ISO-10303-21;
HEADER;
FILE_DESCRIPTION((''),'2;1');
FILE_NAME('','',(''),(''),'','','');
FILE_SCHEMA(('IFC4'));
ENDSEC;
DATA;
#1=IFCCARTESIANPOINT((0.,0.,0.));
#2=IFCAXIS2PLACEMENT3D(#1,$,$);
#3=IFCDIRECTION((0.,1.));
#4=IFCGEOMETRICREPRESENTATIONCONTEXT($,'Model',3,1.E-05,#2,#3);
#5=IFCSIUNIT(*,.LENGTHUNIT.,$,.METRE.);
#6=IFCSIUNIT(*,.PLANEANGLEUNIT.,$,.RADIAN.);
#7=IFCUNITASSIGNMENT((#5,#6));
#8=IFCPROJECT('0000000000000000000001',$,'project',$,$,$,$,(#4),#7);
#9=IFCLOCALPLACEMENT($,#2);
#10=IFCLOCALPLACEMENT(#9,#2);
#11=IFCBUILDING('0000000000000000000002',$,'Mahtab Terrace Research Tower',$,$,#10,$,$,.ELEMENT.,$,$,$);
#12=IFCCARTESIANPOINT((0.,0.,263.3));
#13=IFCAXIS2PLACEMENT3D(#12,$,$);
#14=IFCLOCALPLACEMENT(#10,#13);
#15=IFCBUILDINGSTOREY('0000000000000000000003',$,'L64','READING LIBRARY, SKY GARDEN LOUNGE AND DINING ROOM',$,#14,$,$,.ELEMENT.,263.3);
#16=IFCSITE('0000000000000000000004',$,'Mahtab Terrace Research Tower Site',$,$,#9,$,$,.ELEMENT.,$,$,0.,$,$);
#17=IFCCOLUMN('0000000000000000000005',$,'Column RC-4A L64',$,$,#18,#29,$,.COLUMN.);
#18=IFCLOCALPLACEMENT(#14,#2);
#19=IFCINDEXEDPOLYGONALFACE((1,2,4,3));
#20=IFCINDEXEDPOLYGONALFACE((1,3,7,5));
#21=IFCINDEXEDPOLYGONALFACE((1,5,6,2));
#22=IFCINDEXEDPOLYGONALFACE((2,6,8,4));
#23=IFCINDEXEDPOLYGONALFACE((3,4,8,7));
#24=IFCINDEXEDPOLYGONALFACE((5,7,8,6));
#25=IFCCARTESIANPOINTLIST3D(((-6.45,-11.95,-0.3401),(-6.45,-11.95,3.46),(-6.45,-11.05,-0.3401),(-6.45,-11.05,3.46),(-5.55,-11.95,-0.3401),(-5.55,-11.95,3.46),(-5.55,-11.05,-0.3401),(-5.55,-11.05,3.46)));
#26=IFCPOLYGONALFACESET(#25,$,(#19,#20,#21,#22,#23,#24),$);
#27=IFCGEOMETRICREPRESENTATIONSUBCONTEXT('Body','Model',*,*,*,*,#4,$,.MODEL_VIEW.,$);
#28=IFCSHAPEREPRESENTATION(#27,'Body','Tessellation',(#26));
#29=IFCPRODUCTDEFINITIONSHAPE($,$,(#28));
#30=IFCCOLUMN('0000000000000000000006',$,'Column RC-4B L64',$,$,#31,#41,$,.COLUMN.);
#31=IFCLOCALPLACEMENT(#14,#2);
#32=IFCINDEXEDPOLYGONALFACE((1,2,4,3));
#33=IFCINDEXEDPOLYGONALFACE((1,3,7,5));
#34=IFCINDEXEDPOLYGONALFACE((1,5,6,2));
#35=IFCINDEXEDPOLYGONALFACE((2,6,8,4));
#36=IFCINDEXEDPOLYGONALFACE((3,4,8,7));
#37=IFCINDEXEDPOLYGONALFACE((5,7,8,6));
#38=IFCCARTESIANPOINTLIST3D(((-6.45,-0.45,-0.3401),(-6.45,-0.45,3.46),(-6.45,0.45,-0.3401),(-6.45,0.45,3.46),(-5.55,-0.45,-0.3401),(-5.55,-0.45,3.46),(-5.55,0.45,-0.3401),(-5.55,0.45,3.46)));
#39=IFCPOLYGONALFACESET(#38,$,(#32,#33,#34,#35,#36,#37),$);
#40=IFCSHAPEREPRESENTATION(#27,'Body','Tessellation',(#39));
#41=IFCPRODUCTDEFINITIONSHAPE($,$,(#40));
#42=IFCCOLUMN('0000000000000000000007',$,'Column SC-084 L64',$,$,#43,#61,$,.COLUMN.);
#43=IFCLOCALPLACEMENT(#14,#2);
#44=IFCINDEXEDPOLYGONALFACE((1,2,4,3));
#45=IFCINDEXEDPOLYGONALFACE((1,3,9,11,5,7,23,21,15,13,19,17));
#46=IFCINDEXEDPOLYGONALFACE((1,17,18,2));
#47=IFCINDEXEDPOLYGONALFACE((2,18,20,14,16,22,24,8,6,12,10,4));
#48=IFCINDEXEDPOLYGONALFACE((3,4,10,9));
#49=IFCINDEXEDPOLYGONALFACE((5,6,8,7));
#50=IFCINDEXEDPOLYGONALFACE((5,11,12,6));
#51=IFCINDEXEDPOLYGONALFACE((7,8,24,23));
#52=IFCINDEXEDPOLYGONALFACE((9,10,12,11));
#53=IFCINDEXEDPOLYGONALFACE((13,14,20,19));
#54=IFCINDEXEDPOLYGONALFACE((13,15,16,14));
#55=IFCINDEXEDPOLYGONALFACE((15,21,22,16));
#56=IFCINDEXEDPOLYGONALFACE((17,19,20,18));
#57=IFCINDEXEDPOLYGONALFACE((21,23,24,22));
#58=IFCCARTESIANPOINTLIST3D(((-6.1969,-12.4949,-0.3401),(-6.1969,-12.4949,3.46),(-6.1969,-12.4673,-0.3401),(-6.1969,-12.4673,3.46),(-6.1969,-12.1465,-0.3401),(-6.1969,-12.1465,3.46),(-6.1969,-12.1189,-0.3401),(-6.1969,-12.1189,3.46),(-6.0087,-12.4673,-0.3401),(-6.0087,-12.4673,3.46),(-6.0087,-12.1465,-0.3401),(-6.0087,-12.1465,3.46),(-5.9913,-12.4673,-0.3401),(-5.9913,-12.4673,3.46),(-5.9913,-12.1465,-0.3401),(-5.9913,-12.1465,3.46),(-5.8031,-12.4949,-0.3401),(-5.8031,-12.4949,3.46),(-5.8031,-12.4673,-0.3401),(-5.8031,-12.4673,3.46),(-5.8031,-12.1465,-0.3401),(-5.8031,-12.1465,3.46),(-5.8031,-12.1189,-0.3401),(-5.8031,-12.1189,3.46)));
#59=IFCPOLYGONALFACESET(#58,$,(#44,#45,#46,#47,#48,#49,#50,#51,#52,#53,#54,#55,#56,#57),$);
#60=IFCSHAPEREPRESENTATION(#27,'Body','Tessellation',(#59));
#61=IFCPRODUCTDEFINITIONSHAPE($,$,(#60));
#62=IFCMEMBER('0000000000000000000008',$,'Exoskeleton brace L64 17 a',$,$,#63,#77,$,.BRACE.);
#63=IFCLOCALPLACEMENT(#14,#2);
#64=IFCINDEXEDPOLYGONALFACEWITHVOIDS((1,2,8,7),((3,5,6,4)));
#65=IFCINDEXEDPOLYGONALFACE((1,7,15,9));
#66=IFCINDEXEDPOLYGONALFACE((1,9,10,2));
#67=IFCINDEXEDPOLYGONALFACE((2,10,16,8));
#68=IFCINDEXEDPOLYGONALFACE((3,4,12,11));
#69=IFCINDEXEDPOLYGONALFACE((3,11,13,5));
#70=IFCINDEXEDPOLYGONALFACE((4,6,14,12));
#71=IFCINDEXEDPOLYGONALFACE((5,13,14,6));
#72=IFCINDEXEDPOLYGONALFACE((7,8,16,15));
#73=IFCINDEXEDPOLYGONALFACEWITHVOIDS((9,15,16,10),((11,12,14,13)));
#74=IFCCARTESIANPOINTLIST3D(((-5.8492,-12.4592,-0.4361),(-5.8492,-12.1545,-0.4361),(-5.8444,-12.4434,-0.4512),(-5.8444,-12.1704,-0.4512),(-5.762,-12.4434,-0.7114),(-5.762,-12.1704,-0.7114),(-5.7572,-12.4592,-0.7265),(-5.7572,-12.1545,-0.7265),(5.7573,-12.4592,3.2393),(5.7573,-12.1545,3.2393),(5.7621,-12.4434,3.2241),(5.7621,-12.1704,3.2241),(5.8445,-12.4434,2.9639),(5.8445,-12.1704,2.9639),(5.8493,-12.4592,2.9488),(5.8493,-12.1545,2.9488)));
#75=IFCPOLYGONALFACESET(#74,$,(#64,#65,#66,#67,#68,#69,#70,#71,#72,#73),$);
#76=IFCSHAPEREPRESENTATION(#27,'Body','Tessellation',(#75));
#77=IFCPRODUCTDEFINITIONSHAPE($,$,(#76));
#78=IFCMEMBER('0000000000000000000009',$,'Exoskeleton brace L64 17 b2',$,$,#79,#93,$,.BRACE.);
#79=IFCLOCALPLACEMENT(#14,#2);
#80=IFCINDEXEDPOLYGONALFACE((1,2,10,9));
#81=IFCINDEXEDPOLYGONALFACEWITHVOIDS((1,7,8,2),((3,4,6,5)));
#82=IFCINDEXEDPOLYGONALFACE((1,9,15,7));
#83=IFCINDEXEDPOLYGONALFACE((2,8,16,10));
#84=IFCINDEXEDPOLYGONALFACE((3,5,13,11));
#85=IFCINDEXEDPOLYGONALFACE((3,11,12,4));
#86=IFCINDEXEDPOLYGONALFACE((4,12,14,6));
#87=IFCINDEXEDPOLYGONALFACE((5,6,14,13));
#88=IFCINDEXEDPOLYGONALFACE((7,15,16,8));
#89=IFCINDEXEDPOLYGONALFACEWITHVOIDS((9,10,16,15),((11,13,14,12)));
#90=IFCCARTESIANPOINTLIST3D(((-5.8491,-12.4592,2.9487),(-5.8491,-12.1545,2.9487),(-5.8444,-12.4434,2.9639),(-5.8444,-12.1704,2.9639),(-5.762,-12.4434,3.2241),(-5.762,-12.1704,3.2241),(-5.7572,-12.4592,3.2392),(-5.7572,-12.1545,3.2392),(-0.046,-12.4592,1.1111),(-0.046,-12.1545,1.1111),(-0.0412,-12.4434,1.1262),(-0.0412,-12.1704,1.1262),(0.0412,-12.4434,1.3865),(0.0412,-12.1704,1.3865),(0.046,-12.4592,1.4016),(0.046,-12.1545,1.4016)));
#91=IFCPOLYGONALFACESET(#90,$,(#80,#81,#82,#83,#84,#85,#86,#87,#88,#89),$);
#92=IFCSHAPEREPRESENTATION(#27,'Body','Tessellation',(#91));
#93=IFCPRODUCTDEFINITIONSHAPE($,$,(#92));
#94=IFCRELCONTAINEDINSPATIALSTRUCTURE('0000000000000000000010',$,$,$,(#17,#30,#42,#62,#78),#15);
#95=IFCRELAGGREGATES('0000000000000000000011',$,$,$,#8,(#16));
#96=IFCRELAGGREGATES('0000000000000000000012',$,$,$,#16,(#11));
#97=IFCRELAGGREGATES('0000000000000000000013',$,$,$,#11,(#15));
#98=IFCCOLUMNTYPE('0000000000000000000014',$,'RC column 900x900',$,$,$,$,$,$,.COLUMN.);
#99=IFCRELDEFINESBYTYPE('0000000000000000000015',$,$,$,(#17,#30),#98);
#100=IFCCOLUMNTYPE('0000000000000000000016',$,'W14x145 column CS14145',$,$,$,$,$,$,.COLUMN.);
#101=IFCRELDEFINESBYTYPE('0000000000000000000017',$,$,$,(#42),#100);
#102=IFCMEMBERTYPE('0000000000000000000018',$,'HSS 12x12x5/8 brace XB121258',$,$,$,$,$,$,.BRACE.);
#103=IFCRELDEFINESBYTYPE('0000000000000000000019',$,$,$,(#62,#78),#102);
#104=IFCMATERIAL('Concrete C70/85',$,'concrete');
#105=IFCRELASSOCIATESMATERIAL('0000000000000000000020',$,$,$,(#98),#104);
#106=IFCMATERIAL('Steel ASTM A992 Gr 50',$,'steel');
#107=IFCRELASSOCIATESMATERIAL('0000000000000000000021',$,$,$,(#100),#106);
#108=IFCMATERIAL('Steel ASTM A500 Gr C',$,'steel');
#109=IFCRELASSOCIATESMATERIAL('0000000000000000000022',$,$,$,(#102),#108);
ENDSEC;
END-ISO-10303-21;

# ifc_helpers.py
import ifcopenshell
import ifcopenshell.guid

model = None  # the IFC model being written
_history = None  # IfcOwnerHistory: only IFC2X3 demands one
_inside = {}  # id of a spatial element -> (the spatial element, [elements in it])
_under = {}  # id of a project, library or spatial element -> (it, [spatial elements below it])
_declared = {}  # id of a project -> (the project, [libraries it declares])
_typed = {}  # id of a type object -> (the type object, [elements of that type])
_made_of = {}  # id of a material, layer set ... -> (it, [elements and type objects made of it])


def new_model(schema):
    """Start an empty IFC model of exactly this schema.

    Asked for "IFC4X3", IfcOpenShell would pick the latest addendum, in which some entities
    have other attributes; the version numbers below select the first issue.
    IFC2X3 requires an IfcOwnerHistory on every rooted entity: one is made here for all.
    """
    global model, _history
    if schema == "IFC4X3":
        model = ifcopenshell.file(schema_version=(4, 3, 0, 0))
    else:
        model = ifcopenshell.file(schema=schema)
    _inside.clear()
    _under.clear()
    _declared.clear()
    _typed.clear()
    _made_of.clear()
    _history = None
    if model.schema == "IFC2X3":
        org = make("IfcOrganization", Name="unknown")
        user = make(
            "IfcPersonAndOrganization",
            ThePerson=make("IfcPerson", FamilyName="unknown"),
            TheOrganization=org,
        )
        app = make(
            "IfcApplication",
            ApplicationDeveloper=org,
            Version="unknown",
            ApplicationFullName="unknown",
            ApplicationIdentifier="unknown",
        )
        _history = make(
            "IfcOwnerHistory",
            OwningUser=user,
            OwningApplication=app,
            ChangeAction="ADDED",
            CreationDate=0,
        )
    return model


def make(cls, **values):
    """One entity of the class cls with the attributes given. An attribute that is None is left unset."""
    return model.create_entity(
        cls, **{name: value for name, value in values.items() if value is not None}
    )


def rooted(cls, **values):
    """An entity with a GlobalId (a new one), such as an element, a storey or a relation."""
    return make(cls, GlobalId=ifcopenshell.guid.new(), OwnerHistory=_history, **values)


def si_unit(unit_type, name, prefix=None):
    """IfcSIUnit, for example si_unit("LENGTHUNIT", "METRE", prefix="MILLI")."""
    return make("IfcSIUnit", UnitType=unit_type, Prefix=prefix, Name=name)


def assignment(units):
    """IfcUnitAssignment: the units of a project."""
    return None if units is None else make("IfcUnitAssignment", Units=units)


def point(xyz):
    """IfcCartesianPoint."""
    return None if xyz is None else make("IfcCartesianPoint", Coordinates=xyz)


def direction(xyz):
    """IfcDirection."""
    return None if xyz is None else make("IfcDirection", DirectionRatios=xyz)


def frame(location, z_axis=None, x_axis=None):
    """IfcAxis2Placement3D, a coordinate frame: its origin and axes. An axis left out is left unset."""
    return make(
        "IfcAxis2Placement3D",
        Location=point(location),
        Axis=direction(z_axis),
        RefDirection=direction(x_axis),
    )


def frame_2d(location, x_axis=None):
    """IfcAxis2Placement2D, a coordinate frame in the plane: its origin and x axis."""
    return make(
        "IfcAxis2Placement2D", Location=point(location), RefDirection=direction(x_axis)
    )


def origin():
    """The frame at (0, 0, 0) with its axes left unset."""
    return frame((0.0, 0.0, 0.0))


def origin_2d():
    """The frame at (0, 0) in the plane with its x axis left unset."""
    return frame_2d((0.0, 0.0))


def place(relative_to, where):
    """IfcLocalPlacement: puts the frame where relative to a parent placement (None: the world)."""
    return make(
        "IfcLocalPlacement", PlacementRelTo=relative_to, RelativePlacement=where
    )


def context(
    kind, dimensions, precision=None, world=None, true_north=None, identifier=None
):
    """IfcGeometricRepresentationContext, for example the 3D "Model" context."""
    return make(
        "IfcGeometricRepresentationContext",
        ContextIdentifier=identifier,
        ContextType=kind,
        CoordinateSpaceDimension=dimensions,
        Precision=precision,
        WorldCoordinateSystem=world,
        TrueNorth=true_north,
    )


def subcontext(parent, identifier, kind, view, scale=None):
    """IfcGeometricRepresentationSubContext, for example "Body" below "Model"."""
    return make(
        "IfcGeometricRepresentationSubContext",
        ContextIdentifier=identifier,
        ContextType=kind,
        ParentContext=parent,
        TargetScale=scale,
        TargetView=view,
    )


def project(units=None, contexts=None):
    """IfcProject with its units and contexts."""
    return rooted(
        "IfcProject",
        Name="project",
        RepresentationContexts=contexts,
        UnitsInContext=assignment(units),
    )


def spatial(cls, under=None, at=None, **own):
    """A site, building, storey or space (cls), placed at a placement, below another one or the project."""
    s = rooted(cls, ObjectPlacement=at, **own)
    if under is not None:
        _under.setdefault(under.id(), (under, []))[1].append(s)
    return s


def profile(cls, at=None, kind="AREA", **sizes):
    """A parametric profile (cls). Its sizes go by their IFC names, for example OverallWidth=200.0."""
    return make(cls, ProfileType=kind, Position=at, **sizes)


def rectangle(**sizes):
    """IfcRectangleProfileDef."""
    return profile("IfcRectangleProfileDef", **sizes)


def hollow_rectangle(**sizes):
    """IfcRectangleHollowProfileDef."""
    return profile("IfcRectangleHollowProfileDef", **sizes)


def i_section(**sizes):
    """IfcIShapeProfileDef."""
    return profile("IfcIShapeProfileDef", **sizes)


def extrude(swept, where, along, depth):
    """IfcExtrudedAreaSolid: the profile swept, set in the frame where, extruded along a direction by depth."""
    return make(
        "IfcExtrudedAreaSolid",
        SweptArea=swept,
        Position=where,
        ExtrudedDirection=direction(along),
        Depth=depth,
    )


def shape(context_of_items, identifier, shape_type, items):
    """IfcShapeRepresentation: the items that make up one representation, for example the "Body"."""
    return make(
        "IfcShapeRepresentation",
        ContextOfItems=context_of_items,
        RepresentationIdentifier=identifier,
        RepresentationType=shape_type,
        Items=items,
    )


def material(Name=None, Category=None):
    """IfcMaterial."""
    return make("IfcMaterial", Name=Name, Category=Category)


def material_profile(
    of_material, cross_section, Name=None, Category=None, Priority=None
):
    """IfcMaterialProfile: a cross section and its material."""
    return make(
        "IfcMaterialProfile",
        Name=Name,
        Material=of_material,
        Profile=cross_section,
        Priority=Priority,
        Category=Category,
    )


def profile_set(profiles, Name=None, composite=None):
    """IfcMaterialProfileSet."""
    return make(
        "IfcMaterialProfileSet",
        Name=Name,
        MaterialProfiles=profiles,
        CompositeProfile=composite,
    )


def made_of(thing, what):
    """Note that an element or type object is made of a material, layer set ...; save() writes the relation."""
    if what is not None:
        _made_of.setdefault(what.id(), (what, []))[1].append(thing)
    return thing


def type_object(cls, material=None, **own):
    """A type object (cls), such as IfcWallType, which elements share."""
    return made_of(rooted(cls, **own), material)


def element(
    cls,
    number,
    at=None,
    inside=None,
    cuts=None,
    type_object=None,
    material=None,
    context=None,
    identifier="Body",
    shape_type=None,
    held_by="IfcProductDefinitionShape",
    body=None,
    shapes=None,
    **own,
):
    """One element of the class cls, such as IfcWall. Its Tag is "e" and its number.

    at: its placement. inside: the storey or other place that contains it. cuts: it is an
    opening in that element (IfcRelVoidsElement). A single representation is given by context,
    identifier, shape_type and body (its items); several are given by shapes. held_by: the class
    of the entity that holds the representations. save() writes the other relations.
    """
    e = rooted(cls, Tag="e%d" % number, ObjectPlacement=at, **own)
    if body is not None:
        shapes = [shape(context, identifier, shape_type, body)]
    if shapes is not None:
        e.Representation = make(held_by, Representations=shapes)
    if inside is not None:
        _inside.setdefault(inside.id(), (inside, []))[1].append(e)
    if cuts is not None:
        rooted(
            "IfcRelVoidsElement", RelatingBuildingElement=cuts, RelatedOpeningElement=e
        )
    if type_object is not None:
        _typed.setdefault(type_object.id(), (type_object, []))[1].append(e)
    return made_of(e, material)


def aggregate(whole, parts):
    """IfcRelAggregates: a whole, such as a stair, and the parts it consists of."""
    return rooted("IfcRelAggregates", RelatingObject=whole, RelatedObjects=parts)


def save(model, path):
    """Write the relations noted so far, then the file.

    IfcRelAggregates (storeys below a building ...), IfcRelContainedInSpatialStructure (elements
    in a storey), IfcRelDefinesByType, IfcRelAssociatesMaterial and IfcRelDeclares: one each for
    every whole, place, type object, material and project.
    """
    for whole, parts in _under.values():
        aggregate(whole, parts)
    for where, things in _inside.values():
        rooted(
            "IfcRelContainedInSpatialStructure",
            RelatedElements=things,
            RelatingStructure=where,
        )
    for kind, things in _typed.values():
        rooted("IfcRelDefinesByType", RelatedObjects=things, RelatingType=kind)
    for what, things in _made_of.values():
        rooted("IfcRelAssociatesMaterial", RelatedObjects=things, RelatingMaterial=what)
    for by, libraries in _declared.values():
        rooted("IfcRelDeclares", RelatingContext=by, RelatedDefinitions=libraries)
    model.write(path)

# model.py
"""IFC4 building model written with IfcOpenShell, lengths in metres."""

from ifc_helpers import new_model, si_unit, direction, frame, origin, origin_2d, place, context, subcontext, project, spatial, rectangle, hollow_rectangle, i_section, extrude, material, material_profile, profile_set, type_object, element, save


model = new_model("IFC4")

# Units and contexts
model_context = context("Model", 3, precision=1e-05, world=origin(), true_north=direction((0.0, 1.0)))
body_context = subcontext(model_context, "Body", "Model", "MODEL_VIEW")
ifc_project = project(units=[si_unit("LENGTHUNIT", "METRE"), si_unit("PLANEANGLEUNIT", "RADIAN")], contexts=[model_context])

# Site, building, storey
site_placement = place(None, origin())
site = spatial("IfcSite", under=ifc_project, at=site_placement, Name="Mahtab Terrace Research Tower Site", CompositionType="ELEMENT", RefElevation=0.0)
building_placement = place(site_placement, origin())
building = spatial("IfcBuilding", under=site, at=building_placement, Name="Mahtab Terrace Research Tower", CompositionType="ELEMENT")
storey_placement = place(building_placement, frame((0.0, 0.0, 263.3)))
storey = spatial("IfcBuildingStorey", under=building, at=storey_placement, Name="L64", Description="READING LIBRARY, SKY GARDEN LOUNGE AND DINING ROOM", CompositionType="ELEMENT", Elevation=263.3)

# Columns
ifc_material_1 = material(Name="Concrete C70/85", Category="concrete")
ifc_material_profile_1 = material_profile(ifc_material_1, rectangle(XDim=0.8999, YDim=0.8999, at=origin_2d()), Name="RC column 900x900")
ifc_profile_set_1 = profile_set([ifc_material_profile_1], Name="Concrete C70/85")
column_type_1 = type_object("IfcColumnType", Name="RC column 900x900", PredefinedType="COLUMN", material=ifc_profile_set_1)
for number, where, z_axis, x_axis, name in (
    (1, (-6.0, -11.5, -0.3401), (0.0, 0.0, 1.0), (1.0, 0.0, 0.0), "Column RC-4A L64"),
    (2, (-6.0, 0.0, -0.3401), (0.0, 0.0, 1.0), (1.0, 0.0, 0.0), "Column RC-4B L64"),
):
    element("IfcColumn", number, at=place(storey_placement, frame(where, z_axis=z_axis, x_axis=x_axis)), inside=storey, type_object=column_type_1, Name=name, PredefinedType="COLUMN", context=body_context, shape_type="SweptSolid", body=[
        extrude(rectangle(XDim=0.8999, YDim=0.8999, at=origin_2d()), origin(), (0.0, 0.0, 1.0), 3.8),
    ])
ifc_material_2 = material(Name="Steel ASTM A992 Gr 50", Category="steel")
ifc_material_profile_2 = material_profile(ifc_material_2, i_section(OverallWidth=0.3938, OverallDepth=0.376, WebThickness=0.0173, FlangeThickness=0.0276, at=origin_2d()), Name="W14X145")
ifc_profile_set_2 = profile_set([ifc_material_profile_2], Name="Steel ASTM A992 Gr 50")
column_type_2 = type_object("IfcColumnType", Name="W14x145 column CS14145", PredefinedType="COLUMN", material=ifc_profile_set_2)
column_placement = place(storey_placement, frame((-6.0, -12.3069, -0.3401), z_axis=(0.0, 0.0, 1.0), x_axis=(1.0, 0.0, 0.0)))
element("IfcColumn", 3, at=column_placement, inside=storey, type_object=column_type_2, Name="Column SC-084 L64", PredefinedType="COLUMN", context=body_context, shape_type="SweptSolid", body=[
    extrude(i_section(OverallWidth=0.3938, OverallDepth=0.376, WebThickness=0.0173, FlangeThickness=0.0276, at=origin_2d()), origin(), (0.0, 0.0, 1.0), 3.8),
])

# Members
ifc_material_3 = material(Name="Steel ASTM A500 Gr C", Category="steel")
ifc_material_profile_3 = material_profile(ifc_material_3, hollow_rectangle(XDim=0.3047, YDim=0.3047, WallThickness=0.0159, at=origin_2d()), Name="HSS12X12X5/8")
ifc_profile_set_3 = profile_set([ifc_material_profile_3], Name="Steel ASTM A500 Gr C")
member_type = type_object("IfcMemberType", Name="HSS 12x12x5/8 brace XB121258", PredefinedType="BRACE", material=ifc_profile_set_3)
member_1_placement = place(storey_placement, frame((-5.8032, -12.3069, -0.5813), z_axis=(0.953344, 0.0, 0.301886), x_axis=(0.0, 1.0, 0.0)))
element("IfcMember", 4, at=member_1_placement, inside=storey, type_object=member_type, Name="Exoskeleton brace L64 17 a", PredefinedType="BRACE", context=body_context, shape_type="SweptSolid", body=[
    extrude(hollow_rectangle(XDim=0.3047, YDim=0.3047, WallThickness=0.0159, at=origin_2d()), origin(), (0.0, 0.0, 1.0), 12.1746),
])
member_2_placement = place(storey_placement, frame((0.0, -12.3069, 1.2563), z_axis=(-0.953344, 0.0, 0.301886), x_axis=(0.0, -1.0, 0.0)))
element("IfcMember", 5, at=member_2_placement, inside=storey, type_object=member_type, Name="Exoskeleton brace L64 17 b2", PredefinedType="BRACE", context=body_context, shape_type="SweptSolid", body=[
    extrude(hollow_rectangle(XDim=0.3047, YDim=0.3047, WallThickness=0.0159, at=origin_2d()), origin(), (0.0, 0.0, 1.0), 6.0872),
])

save(model, "model.ifc")
